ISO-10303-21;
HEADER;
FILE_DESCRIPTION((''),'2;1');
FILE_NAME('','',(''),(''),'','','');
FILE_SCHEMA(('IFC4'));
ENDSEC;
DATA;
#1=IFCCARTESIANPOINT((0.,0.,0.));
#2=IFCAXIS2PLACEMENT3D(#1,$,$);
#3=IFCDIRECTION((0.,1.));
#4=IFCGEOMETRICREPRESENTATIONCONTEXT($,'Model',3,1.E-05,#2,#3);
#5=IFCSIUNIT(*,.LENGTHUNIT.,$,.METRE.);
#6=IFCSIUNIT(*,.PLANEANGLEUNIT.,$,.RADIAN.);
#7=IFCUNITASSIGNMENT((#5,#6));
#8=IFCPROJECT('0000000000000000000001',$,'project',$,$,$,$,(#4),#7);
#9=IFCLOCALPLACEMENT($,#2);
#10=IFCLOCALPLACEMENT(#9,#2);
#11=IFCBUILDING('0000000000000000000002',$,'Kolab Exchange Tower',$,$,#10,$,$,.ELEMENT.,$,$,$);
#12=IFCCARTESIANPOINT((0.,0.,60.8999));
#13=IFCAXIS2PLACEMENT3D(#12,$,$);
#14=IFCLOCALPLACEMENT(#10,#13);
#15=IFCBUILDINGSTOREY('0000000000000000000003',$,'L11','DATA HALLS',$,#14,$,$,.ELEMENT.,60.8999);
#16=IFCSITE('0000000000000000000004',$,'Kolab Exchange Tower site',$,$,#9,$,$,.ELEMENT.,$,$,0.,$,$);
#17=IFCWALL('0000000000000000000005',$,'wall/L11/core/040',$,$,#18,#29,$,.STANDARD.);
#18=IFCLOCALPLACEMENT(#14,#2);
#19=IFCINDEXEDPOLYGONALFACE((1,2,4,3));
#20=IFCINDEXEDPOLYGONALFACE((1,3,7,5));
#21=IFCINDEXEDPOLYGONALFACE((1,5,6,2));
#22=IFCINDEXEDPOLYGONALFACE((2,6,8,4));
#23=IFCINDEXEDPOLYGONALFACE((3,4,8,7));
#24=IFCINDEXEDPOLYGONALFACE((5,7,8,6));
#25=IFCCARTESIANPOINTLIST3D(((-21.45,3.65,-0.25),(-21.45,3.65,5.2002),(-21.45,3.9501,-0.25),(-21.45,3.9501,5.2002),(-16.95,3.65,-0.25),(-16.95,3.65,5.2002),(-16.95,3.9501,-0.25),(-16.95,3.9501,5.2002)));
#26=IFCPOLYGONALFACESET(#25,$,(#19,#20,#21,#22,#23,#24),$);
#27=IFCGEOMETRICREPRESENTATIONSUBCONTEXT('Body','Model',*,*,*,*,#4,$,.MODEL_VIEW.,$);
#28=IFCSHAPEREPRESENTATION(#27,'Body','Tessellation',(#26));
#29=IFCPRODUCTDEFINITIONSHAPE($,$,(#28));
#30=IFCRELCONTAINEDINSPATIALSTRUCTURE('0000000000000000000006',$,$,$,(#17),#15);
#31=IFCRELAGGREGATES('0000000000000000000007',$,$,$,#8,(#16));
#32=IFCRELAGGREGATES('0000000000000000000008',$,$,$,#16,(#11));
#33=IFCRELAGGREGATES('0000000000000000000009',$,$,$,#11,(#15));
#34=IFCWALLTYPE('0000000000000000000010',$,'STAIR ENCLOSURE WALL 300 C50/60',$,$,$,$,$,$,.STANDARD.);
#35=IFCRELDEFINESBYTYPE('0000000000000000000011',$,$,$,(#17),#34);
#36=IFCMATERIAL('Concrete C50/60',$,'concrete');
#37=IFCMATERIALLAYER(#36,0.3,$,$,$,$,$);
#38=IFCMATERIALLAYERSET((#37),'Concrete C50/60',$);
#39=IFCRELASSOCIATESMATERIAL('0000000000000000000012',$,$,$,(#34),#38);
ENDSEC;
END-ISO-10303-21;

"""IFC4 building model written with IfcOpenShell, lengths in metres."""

from ifc_helpers import new_model, si_unit, direction, frame, frame_2d, origin, place, context, subcontext, project, spatial, rectangle, extrude, material, layer, layer_set, type_object, element, save


model = new_model("IFC4")

# Units and contexts
model_context = context("Model", 3, precision=1e-05, world=origin(), true_north=direction((0.0, 1.0)))
body_context = subcontext(model_context, "Body", "Model", "MODEL_VIEW")
ifc_project = project(units=[si_unit("LENGTHUNIT", "METRE"), si_unit("PLANEANGLEUNIT", "RADIAN")], contexts=[model_context])

# Site, building, storey
site_placement = place(None, origin())
site = spatial("IfcSite", under=ifc_project, at=site_placement, Name="Kolab Exchange Tower site", CompositionType="ELEMENT", RefElevation=0.0)
building_placement = place(site_placement, origin())
building = spatial("IfcBuilding", under=site, at=building_placement, Name="Kolab Exchange Tower", CompositionType="ELEMENT")
storey_placement = place(building_placement, frame((0.0, 0.0, 60.8999)))
storey = spatial("IfcBuildingStorey", under=building, at=storey_placement, Name="L11", Description="DATA HALLS", CompositionType="ELEMENT", Elevation=60.8999)

# Wall
ifc_material_1 = material(Name="Concrete C50/60", Category="concrete")
ifc_layer_1 = layer(ifc_material_1, 0.3)
ifc_layer_set_1 = layer_set([ifc_layer_1], Name="Concrete C50/60")
wall_type_1 = type_object("IfcWallType", Name="STAIR ENCLOSURE WALL 300 C50/60", PredefinedType="STANDARD", material=ifc_layer_set_1)
wall_1_placement = place(storey_placement, frame((-21.45, 3.8, -0.25), z_axis=(0.0, 0.0, 1.0), x_axis=(1.0, 0.0, 0.0)))
element("IfcWall", 1, at=wall_1_placement, inside=storey, type_object=wall_type_1, Name="wall/L11/core/040", PredefinedType="STANDARD", context=body_context, shape_type="SweptSolid", body=[
    extrude(rectangle(XDim=4.5, YDim=0.3, at=frame_2d((2.25, 0.0))), origin(), (0.0, 0.0, 1.0), 5.4502),
])

save(model, "model.ifc")
